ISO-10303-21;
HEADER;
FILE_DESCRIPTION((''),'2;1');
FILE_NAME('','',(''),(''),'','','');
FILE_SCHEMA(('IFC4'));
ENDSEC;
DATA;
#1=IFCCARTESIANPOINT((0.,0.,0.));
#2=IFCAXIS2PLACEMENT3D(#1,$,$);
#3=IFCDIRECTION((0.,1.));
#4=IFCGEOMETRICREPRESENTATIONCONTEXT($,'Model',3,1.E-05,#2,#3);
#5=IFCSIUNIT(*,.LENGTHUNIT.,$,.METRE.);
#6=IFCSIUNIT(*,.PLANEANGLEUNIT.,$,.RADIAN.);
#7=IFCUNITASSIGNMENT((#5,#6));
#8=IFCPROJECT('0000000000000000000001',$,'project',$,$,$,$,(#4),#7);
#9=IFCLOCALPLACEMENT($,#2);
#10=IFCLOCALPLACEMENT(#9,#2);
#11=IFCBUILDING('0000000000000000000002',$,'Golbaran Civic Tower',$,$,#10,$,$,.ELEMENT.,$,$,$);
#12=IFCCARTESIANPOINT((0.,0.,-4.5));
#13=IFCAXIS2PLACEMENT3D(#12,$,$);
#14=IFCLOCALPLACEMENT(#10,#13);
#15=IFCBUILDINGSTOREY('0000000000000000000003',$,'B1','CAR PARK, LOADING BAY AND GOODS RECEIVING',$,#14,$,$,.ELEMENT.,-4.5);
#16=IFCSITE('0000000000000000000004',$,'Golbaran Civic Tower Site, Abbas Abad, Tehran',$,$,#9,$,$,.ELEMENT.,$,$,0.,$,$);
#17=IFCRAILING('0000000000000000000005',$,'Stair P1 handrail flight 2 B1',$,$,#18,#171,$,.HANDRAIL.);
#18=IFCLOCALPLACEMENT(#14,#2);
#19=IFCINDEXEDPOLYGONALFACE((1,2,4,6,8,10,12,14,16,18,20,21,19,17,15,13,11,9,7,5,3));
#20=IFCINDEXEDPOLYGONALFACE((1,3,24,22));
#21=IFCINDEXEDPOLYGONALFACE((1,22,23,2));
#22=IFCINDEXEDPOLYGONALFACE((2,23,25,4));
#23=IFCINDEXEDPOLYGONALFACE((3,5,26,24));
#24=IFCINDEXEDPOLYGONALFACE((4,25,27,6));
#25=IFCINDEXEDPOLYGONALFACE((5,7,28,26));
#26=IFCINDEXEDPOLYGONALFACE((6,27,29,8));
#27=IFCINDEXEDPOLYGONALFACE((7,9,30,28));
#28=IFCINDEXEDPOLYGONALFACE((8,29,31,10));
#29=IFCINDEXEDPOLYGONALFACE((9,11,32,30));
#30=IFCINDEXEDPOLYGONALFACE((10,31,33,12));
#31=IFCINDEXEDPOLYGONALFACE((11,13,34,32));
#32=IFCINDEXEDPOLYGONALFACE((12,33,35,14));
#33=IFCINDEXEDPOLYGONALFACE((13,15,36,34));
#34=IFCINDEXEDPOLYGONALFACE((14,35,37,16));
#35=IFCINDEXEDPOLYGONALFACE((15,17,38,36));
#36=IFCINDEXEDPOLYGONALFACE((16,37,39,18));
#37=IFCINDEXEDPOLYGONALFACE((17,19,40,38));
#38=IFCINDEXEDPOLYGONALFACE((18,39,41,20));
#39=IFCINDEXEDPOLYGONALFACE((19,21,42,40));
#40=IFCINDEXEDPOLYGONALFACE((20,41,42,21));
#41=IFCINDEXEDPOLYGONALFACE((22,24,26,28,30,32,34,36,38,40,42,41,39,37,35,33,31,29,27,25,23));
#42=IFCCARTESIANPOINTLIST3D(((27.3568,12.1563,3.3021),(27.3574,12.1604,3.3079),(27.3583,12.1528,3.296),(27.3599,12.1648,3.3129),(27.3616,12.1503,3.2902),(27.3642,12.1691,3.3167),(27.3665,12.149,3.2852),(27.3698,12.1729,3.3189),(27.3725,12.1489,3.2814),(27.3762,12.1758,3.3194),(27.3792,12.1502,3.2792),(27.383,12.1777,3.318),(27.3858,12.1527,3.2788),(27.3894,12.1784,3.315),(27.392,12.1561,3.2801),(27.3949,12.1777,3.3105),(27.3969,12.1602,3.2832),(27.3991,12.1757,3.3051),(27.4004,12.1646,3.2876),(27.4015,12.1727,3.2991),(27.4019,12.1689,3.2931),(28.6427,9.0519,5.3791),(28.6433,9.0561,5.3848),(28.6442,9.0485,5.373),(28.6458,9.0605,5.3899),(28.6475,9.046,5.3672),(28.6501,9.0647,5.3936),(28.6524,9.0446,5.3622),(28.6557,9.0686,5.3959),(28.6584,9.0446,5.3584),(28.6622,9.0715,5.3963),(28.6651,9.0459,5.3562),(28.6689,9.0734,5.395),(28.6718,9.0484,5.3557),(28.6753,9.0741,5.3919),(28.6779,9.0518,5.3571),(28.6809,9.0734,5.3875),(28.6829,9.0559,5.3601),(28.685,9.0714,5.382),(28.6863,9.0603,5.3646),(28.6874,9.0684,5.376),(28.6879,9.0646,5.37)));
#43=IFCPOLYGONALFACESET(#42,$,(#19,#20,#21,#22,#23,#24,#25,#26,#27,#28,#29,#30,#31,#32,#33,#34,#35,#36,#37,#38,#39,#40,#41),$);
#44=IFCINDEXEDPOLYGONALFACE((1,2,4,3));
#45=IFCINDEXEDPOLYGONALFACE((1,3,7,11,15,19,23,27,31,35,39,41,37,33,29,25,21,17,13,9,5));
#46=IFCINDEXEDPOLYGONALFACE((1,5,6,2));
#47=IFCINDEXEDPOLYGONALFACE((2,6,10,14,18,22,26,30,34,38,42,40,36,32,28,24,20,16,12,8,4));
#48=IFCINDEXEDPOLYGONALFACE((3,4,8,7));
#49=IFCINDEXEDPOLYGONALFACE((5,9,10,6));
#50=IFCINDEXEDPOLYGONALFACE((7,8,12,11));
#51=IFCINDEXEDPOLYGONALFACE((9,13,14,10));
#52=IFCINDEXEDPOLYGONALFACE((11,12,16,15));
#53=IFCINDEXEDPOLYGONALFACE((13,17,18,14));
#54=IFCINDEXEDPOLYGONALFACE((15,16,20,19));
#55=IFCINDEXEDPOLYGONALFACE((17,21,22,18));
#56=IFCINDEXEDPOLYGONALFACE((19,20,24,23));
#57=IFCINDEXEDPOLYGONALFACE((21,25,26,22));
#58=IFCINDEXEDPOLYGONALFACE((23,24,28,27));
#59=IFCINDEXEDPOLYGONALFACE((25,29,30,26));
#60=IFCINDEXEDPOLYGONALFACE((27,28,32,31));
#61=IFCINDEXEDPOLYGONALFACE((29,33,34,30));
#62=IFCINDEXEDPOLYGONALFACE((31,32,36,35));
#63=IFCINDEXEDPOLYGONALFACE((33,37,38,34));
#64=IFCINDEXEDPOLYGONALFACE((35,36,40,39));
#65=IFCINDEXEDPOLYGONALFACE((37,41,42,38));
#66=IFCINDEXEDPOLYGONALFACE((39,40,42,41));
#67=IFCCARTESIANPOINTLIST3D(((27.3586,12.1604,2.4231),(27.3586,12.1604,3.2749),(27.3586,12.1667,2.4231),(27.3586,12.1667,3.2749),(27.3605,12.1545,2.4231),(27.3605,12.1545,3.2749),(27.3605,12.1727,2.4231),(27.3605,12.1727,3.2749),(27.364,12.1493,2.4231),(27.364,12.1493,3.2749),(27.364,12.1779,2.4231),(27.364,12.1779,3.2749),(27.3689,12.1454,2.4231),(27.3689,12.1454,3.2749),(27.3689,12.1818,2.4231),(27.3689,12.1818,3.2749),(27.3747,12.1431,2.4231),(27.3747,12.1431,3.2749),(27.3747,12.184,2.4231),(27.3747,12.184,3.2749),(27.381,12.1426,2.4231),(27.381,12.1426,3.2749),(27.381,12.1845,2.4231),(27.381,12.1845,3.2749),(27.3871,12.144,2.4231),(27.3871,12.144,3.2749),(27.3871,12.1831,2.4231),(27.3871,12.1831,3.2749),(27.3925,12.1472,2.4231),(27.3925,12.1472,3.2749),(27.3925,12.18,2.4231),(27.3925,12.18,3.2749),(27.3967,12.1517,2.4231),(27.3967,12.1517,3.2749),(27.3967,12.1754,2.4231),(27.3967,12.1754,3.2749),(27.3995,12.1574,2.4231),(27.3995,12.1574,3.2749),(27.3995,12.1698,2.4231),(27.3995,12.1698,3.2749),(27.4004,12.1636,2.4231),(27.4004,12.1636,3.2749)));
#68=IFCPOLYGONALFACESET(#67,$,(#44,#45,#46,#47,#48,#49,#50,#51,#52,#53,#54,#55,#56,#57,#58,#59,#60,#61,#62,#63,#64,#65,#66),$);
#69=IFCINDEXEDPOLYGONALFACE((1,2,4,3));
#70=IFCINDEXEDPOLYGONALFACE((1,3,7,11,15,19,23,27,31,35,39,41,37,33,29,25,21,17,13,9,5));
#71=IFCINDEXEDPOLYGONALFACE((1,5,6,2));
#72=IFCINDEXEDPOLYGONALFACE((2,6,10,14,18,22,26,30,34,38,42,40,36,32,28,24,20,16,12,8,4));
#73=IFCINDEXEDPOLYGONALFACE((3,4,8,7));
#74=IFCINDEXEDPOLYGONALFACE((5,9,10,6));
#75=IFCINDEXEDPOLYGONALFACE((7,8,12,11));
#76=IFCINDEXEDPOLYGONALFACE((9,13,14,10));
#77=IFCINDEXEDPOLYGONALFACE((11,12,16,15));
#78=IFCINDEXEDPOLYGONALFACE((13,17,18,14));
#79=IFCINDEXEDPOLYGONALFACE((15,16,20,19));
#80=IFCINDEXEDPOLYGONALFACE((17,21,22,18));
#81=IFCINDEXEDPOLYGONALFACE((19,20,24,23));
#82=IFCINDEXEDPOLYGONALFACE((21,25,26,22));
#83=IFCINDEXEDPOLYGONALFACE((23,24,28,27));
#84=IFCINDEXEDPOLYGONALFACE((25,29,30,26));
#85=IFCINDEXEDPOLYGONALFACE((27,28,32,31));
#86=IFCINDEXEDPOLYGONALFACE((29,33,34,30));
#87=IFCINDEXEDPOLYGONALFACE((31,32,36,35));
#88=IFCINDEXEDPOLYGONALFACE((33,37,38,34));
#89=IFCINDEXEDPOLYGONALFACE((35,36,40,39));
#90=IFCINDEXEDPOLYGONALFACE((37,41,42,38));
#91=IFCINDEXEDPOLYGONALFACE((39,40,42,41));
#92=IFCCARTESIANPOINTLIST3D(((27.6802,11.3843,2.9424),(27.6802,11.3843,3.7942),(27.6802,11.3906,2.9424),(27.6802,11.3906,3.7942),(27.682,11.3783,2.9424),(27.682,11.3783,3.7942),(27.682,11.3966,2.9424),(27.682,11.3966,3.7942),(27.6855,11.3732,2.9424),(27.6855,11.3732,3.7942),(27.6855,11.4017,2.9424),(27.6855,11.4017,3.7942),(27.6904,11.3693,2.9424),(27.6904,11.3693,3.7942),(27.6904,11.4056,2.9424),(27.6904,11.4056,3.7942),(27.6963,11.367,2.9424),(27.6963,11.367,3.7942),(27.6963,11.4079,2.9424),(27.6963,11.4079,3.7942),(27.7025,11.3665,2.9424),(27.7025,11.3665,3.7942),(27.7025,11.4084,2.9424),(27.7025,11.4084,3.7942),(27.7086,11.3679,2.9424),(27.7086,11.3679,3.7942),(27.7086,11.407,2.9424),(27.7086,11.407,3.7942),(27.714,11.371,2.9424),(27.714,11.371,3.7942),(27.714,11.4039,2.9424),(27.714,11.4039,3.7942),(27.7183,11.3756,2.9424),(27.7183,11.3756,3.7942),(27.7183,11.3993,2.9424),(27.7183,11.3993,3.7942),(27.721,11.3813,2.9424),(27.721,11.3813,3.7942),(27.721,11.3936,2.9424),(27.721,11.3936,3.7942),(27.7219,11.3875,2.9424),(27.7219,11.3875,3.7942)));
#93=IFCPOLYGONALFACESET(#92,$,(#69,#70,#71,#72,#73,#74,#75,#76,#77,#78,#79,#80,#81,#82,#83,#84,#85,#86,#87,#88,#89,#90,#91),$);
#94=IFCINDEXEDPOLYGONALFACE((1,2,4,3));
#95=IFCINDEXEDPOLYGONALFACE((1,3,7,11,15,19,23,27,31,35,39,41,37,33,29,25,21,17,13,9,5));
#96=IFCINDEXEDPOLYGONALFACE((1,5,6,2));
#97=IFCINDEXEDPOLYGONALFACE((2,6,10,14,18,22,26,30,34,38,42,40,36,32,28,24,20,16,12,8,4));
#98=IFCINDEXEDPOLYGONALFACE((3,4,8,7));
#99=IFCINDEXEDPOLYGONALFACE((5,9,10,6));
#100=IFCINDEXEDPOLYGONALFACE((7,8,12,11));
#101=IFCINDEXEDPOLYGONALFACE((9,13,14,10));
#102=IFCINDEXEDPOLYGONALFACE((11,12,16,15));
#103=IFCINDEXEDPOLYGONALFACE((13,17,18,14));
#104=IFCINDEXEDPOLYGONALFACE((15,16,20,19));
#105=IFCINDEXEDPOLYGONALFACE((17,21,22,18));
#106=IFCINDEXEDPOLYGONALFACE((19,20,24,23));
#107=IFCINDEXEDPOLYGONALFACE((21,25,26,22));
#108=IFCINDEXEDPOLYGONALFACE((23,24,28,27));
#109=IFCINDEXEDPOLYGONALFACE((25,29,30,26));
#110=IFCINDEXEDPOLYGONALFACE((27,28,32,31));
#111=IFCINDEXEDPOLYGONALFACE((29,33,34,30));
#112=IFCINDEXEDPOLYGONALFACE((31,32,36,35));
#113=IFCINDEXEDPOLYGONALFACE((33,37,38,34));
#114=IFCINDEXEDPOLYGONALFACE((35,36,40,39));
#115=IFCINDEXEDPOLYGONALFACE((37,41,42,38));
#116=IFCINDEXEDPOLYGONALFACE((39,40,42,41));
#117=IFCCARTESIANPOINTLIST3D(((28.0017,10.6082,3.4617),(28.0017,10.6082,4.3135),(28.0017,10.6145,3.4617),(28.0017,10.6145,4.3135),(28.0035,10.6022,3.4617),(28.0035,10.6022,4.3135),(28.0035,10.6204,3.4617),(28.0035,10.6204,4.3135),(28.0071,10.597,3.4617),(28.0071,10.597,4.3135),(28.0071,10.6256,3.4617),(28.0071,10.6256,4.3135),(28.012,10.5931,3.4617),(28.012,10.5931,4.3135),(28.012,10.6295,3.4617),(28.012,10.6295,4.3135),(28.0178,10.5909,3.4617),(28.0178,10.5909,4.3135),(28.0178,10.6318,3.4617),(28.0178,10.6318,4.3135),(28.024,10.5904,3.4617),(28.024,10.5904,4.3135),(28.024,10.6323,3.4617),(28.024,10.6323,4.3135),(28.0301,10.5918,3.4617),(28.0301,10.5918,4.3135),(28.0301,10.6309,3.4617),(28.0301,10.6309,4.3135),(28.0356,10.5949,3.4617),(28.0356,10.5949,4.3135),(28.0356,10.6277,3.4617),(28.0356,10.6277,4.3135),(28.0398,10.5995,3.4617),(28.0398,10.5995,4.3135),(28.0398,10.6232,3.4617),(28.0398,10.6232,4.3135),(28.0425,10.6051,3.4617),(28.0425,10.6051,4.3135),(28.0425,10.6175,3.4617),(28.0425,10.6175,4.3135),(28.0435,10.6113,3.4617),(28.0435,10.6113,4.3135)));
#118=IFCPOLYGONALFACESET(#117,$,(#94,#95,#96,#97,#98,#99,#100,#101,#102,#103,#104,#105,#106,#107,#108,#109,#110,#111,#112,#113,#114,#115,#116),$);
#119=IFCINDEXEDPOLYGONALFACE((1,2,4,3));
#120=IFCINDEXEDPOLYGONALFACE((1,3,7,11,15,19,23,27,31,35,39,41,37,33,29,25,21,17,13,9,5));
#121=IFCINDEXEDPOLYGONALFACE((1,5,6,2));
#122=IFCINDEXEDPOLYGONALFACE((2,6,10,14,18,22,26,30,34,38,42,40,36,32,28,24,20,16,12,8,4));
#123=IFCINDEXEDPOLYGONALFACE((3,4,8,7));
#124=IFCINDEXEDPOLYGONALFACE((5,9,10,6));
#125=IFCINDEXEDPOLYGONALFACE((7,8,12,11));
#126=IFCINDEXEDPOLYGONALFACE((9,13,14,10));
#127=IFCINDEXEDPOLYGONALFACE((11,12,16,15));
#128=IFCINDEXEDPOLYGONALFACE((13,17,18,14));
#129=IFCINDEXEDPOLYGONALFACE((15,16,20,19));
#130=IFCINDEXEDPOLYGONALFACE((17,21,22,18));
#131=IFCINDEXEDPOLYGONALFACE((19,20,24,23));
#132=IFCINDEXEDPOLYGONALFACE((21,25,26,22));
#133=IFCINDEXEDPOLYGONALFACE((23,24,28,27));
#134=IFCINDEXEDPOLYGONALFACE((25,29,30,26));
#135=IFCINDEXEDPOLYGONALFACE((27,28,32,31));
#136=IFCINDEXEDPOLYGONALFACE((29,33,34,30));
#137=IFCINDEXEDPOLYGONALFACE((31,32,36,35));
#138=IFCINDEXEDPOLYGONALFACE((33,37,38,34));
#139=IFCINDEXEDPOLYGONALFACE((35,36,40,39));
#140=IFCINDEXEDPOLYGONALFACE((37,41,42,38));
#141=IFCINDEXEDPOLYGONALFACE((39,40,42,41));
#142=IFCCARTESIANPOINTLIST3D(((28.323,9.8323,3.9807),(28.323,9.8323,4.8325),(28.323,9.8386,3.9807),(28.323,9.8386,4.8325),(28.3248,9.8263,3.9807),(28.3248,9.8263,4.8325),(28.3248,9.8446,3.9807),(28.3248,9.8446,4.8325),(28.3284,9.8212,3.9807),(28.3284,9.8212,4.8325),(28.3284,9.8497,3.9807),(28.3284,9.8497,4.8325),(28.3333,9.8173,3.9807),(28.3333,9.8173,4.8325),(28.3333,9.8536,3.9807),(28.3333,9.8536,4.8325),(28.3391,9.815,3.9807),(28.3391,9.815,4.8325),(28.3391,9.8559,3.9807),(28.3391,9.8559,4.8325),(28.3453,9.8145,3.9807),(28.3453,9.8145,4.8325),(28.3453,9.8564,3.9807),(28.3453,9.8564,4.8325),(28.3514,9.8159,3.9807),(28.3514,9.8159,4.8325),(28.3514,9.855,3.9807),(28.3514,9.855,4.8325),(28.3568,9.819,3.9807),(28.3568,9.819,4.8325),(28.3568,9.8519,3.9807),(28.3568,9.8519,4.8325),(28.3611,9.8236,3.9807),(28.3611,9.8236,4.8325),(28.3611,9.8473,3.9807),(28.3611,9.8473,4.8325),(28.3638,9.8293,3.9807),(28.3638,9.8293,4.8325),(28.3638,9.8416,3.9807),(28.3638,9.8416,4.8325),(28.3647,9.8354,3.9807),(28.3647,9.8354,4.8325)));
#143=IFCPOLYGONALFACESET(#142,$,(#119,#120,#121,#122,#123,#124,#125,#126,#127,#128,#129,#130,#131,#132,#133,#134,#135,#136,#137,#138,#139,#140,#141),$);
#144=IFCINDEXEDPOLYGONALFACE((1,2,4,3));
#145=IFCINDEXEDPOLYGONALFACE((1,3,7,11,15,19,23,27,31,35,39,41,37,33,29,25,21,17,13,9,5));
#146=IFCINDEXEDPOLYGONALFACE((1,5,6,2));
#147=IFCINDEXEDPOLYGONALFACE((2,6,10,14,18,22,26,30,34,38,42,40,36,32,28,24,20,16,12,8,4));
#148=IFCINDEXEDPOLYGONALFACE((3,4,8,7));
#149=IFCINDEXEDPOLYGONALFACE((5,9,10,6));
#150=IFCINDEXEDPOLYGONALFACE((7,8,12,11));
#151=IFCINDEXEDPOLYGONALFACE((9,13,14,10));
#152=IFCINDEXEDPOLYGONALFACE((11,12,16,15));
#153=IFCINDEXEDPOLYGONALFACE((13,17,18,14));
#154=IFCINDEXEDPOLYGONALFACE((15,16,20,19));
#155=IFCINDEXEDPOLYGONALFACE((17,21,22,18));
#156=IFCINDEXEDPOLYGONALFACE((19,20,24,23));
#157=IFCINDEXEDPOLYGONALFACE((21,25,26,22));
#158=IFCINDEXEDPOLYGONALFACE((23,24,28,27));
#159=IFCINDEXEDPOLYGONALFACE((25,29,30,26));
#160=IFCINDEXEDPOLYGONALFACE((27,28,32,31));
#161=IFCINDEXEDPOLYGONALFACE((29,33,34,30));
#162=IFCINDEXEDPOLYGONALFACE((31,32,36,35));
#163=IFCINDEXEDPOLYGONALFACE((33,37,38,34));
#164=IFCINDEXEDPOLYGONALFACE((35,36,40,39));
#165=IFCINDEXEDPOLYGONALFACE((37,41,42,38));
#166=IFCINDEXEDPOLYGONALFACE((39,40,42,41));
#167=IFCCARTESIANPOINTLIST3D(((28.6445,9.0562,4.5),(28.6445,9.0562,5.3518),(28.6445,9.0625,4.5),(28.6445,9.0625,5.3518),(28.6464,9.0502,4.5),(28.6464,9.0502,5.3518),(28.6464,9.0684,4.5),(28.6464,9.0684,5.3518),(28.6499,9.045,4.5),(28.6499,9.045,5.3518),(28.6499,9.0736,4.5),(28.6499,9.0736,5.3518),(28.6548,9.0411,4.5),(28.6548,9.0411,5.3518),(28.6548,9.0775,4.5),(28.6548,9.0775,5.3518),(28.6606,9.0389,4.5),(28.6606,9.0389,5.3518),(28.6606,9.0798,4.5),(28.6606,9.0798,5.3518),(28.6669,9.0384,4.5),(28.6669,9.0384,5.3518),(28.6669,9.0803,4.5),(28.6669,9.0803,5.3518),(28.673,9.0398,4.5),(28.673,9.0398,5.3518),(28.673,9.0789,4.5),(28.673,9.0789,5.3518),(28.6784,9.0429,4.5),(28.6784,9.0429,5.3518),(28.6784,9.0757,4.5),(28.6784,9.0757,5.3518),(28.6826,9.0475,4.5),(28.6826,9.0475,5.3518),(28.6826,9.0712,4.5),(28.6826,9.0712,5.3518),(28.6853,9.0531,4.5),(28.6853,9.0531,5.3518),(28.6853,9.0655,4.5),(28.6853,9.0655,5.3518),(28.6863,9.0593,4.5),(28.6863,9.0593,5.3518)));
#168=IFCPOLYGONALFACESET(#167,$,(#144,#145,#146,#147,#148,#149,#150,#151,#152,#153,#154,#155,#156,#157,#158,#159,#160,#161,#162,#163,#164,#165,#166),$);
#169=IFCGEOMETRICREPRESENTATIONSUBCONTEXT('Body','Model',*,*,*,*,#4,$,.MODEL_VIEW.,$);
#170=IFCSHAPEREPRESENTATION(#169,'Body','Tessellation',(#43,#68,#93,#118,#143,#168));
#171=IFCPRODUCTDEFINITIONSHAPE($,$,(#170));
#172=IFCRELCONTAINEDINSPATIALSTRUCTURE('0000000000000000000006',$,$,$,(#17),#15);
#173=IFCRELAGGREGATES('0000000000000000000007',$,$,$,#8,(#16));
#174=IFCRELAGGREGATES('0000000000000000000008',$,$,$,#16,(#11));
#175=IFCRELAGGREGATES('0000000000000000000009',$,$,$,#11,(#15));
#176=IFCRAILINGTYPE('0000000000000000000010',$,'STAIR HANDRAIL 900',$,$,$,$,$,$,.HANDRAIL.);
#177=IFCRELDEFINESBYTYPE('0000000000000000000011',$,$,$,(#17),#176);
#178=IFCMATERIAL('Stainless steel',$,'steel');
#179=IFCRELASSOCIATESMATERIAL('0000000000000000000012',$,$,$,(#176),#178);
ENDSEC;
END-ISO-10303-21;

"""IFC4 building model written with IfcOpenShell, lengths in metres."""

from ifc_helpers import new_model, si_unit, direction, frame, origin, origin_2d, place, context, subcontext, project, spatial, circle, extrude, material, type_object, element, save


model = new_model("IFC4")

# Units and contexts
model_context = context("Model", 3, precision=1e-05, world=origin(), true_north=direction((0.0, 1.0)))
body_context = subcontext(model_context, "Body", "Model", "MODEL_VIEW")
ifc_project = project(units=[si_unit("LENGTHUNIT", "METRE"), si_unit("PLANEANGLEUNIT", "RADIAN")], contexts=[model_context])

# Site, building, storey
site_placement = place(None, origin())
site = spatial("IfcSite", under=ifc_project, at=site_placement, Name="Golbaran Civic Tower Site, Abbas Abad, Tehran", CompositionType="ELEMENT", RefElevation=0.0)
building_placement = place(site_placement, origin())
building = spatial("IfcBuilding", under=site, at=building_placement, Name="Golbaran Civic Tower", CompositionType="ELEMENT")
storey_placement = place(building_placement, frame((0.0, 0.0, -4.5)))
storey = spatial("IfcBuildingStorey", under=building, at=storey_placement, Name="B1", Description="CAR PARK, LOADING BAY AND GOODS RECEIVING", CompositionType="ELEMENT", Elevation=-4.5)

# Railing
ifc_material_1 = material(Name="Stainless steel", Category="steel")
railing_type_1 = type_object("IfcRailingType", Name="STAIR HANDRAIL 900", PredefinedType="HANDRAIL", material=ifc_material_1)
railing_1_placement = place(storey_placement, frame((27.3794, 12.1636, 2.4231)))
element("IfcRailing", 1, at=railing_1_placement, inside=storey, type_object=railing_type_1, Name="Stair P1 handrail flight 2 B1", PredefinedType="HANDRAIL", context=body_context, shape_type="SweptSolid", body=[
    extrude(circle(Radius=0.0239, at=origin_2d()), frame((0.0, 0.0, 0.876), z_axis=(0.325532, -0.785863, 0.525783), x_axis=(0.923872, 0.3827, 0.0)), (0.0, 0.0, 1.0), 3.9502),
    extrude(circle(Radius=0.021, at=origin_2d()), origin(), (0.0, 0.0, 1.0), 0.8518),
    extrude(circle(Radius=0.021, at=origin_2d()), frame((0.3215, -0.7761, 0.5193)), (0.0, 0.0, 1.0), 0.8518),
    extrude(circle(Radius=0.021, at=origin_2d()), frame((0.6431, -1.5522, 1.0386)), (0.0, 0.0, 1.0), 0.8518),
    extrude(circle(Radius=0.021, at=origin_2d()), frame((0.9644, -2.3281, 1.5576)), (0.0, 0.0, 1.0), 0.8518),
    extrude(circle(Radius=0.021, at=origin_2d()), frame((1.2859, -3.1042, 2.0769)), (0.0, 0.0, 1.0), 0.8518),
])

save(model, "model.ifc")
